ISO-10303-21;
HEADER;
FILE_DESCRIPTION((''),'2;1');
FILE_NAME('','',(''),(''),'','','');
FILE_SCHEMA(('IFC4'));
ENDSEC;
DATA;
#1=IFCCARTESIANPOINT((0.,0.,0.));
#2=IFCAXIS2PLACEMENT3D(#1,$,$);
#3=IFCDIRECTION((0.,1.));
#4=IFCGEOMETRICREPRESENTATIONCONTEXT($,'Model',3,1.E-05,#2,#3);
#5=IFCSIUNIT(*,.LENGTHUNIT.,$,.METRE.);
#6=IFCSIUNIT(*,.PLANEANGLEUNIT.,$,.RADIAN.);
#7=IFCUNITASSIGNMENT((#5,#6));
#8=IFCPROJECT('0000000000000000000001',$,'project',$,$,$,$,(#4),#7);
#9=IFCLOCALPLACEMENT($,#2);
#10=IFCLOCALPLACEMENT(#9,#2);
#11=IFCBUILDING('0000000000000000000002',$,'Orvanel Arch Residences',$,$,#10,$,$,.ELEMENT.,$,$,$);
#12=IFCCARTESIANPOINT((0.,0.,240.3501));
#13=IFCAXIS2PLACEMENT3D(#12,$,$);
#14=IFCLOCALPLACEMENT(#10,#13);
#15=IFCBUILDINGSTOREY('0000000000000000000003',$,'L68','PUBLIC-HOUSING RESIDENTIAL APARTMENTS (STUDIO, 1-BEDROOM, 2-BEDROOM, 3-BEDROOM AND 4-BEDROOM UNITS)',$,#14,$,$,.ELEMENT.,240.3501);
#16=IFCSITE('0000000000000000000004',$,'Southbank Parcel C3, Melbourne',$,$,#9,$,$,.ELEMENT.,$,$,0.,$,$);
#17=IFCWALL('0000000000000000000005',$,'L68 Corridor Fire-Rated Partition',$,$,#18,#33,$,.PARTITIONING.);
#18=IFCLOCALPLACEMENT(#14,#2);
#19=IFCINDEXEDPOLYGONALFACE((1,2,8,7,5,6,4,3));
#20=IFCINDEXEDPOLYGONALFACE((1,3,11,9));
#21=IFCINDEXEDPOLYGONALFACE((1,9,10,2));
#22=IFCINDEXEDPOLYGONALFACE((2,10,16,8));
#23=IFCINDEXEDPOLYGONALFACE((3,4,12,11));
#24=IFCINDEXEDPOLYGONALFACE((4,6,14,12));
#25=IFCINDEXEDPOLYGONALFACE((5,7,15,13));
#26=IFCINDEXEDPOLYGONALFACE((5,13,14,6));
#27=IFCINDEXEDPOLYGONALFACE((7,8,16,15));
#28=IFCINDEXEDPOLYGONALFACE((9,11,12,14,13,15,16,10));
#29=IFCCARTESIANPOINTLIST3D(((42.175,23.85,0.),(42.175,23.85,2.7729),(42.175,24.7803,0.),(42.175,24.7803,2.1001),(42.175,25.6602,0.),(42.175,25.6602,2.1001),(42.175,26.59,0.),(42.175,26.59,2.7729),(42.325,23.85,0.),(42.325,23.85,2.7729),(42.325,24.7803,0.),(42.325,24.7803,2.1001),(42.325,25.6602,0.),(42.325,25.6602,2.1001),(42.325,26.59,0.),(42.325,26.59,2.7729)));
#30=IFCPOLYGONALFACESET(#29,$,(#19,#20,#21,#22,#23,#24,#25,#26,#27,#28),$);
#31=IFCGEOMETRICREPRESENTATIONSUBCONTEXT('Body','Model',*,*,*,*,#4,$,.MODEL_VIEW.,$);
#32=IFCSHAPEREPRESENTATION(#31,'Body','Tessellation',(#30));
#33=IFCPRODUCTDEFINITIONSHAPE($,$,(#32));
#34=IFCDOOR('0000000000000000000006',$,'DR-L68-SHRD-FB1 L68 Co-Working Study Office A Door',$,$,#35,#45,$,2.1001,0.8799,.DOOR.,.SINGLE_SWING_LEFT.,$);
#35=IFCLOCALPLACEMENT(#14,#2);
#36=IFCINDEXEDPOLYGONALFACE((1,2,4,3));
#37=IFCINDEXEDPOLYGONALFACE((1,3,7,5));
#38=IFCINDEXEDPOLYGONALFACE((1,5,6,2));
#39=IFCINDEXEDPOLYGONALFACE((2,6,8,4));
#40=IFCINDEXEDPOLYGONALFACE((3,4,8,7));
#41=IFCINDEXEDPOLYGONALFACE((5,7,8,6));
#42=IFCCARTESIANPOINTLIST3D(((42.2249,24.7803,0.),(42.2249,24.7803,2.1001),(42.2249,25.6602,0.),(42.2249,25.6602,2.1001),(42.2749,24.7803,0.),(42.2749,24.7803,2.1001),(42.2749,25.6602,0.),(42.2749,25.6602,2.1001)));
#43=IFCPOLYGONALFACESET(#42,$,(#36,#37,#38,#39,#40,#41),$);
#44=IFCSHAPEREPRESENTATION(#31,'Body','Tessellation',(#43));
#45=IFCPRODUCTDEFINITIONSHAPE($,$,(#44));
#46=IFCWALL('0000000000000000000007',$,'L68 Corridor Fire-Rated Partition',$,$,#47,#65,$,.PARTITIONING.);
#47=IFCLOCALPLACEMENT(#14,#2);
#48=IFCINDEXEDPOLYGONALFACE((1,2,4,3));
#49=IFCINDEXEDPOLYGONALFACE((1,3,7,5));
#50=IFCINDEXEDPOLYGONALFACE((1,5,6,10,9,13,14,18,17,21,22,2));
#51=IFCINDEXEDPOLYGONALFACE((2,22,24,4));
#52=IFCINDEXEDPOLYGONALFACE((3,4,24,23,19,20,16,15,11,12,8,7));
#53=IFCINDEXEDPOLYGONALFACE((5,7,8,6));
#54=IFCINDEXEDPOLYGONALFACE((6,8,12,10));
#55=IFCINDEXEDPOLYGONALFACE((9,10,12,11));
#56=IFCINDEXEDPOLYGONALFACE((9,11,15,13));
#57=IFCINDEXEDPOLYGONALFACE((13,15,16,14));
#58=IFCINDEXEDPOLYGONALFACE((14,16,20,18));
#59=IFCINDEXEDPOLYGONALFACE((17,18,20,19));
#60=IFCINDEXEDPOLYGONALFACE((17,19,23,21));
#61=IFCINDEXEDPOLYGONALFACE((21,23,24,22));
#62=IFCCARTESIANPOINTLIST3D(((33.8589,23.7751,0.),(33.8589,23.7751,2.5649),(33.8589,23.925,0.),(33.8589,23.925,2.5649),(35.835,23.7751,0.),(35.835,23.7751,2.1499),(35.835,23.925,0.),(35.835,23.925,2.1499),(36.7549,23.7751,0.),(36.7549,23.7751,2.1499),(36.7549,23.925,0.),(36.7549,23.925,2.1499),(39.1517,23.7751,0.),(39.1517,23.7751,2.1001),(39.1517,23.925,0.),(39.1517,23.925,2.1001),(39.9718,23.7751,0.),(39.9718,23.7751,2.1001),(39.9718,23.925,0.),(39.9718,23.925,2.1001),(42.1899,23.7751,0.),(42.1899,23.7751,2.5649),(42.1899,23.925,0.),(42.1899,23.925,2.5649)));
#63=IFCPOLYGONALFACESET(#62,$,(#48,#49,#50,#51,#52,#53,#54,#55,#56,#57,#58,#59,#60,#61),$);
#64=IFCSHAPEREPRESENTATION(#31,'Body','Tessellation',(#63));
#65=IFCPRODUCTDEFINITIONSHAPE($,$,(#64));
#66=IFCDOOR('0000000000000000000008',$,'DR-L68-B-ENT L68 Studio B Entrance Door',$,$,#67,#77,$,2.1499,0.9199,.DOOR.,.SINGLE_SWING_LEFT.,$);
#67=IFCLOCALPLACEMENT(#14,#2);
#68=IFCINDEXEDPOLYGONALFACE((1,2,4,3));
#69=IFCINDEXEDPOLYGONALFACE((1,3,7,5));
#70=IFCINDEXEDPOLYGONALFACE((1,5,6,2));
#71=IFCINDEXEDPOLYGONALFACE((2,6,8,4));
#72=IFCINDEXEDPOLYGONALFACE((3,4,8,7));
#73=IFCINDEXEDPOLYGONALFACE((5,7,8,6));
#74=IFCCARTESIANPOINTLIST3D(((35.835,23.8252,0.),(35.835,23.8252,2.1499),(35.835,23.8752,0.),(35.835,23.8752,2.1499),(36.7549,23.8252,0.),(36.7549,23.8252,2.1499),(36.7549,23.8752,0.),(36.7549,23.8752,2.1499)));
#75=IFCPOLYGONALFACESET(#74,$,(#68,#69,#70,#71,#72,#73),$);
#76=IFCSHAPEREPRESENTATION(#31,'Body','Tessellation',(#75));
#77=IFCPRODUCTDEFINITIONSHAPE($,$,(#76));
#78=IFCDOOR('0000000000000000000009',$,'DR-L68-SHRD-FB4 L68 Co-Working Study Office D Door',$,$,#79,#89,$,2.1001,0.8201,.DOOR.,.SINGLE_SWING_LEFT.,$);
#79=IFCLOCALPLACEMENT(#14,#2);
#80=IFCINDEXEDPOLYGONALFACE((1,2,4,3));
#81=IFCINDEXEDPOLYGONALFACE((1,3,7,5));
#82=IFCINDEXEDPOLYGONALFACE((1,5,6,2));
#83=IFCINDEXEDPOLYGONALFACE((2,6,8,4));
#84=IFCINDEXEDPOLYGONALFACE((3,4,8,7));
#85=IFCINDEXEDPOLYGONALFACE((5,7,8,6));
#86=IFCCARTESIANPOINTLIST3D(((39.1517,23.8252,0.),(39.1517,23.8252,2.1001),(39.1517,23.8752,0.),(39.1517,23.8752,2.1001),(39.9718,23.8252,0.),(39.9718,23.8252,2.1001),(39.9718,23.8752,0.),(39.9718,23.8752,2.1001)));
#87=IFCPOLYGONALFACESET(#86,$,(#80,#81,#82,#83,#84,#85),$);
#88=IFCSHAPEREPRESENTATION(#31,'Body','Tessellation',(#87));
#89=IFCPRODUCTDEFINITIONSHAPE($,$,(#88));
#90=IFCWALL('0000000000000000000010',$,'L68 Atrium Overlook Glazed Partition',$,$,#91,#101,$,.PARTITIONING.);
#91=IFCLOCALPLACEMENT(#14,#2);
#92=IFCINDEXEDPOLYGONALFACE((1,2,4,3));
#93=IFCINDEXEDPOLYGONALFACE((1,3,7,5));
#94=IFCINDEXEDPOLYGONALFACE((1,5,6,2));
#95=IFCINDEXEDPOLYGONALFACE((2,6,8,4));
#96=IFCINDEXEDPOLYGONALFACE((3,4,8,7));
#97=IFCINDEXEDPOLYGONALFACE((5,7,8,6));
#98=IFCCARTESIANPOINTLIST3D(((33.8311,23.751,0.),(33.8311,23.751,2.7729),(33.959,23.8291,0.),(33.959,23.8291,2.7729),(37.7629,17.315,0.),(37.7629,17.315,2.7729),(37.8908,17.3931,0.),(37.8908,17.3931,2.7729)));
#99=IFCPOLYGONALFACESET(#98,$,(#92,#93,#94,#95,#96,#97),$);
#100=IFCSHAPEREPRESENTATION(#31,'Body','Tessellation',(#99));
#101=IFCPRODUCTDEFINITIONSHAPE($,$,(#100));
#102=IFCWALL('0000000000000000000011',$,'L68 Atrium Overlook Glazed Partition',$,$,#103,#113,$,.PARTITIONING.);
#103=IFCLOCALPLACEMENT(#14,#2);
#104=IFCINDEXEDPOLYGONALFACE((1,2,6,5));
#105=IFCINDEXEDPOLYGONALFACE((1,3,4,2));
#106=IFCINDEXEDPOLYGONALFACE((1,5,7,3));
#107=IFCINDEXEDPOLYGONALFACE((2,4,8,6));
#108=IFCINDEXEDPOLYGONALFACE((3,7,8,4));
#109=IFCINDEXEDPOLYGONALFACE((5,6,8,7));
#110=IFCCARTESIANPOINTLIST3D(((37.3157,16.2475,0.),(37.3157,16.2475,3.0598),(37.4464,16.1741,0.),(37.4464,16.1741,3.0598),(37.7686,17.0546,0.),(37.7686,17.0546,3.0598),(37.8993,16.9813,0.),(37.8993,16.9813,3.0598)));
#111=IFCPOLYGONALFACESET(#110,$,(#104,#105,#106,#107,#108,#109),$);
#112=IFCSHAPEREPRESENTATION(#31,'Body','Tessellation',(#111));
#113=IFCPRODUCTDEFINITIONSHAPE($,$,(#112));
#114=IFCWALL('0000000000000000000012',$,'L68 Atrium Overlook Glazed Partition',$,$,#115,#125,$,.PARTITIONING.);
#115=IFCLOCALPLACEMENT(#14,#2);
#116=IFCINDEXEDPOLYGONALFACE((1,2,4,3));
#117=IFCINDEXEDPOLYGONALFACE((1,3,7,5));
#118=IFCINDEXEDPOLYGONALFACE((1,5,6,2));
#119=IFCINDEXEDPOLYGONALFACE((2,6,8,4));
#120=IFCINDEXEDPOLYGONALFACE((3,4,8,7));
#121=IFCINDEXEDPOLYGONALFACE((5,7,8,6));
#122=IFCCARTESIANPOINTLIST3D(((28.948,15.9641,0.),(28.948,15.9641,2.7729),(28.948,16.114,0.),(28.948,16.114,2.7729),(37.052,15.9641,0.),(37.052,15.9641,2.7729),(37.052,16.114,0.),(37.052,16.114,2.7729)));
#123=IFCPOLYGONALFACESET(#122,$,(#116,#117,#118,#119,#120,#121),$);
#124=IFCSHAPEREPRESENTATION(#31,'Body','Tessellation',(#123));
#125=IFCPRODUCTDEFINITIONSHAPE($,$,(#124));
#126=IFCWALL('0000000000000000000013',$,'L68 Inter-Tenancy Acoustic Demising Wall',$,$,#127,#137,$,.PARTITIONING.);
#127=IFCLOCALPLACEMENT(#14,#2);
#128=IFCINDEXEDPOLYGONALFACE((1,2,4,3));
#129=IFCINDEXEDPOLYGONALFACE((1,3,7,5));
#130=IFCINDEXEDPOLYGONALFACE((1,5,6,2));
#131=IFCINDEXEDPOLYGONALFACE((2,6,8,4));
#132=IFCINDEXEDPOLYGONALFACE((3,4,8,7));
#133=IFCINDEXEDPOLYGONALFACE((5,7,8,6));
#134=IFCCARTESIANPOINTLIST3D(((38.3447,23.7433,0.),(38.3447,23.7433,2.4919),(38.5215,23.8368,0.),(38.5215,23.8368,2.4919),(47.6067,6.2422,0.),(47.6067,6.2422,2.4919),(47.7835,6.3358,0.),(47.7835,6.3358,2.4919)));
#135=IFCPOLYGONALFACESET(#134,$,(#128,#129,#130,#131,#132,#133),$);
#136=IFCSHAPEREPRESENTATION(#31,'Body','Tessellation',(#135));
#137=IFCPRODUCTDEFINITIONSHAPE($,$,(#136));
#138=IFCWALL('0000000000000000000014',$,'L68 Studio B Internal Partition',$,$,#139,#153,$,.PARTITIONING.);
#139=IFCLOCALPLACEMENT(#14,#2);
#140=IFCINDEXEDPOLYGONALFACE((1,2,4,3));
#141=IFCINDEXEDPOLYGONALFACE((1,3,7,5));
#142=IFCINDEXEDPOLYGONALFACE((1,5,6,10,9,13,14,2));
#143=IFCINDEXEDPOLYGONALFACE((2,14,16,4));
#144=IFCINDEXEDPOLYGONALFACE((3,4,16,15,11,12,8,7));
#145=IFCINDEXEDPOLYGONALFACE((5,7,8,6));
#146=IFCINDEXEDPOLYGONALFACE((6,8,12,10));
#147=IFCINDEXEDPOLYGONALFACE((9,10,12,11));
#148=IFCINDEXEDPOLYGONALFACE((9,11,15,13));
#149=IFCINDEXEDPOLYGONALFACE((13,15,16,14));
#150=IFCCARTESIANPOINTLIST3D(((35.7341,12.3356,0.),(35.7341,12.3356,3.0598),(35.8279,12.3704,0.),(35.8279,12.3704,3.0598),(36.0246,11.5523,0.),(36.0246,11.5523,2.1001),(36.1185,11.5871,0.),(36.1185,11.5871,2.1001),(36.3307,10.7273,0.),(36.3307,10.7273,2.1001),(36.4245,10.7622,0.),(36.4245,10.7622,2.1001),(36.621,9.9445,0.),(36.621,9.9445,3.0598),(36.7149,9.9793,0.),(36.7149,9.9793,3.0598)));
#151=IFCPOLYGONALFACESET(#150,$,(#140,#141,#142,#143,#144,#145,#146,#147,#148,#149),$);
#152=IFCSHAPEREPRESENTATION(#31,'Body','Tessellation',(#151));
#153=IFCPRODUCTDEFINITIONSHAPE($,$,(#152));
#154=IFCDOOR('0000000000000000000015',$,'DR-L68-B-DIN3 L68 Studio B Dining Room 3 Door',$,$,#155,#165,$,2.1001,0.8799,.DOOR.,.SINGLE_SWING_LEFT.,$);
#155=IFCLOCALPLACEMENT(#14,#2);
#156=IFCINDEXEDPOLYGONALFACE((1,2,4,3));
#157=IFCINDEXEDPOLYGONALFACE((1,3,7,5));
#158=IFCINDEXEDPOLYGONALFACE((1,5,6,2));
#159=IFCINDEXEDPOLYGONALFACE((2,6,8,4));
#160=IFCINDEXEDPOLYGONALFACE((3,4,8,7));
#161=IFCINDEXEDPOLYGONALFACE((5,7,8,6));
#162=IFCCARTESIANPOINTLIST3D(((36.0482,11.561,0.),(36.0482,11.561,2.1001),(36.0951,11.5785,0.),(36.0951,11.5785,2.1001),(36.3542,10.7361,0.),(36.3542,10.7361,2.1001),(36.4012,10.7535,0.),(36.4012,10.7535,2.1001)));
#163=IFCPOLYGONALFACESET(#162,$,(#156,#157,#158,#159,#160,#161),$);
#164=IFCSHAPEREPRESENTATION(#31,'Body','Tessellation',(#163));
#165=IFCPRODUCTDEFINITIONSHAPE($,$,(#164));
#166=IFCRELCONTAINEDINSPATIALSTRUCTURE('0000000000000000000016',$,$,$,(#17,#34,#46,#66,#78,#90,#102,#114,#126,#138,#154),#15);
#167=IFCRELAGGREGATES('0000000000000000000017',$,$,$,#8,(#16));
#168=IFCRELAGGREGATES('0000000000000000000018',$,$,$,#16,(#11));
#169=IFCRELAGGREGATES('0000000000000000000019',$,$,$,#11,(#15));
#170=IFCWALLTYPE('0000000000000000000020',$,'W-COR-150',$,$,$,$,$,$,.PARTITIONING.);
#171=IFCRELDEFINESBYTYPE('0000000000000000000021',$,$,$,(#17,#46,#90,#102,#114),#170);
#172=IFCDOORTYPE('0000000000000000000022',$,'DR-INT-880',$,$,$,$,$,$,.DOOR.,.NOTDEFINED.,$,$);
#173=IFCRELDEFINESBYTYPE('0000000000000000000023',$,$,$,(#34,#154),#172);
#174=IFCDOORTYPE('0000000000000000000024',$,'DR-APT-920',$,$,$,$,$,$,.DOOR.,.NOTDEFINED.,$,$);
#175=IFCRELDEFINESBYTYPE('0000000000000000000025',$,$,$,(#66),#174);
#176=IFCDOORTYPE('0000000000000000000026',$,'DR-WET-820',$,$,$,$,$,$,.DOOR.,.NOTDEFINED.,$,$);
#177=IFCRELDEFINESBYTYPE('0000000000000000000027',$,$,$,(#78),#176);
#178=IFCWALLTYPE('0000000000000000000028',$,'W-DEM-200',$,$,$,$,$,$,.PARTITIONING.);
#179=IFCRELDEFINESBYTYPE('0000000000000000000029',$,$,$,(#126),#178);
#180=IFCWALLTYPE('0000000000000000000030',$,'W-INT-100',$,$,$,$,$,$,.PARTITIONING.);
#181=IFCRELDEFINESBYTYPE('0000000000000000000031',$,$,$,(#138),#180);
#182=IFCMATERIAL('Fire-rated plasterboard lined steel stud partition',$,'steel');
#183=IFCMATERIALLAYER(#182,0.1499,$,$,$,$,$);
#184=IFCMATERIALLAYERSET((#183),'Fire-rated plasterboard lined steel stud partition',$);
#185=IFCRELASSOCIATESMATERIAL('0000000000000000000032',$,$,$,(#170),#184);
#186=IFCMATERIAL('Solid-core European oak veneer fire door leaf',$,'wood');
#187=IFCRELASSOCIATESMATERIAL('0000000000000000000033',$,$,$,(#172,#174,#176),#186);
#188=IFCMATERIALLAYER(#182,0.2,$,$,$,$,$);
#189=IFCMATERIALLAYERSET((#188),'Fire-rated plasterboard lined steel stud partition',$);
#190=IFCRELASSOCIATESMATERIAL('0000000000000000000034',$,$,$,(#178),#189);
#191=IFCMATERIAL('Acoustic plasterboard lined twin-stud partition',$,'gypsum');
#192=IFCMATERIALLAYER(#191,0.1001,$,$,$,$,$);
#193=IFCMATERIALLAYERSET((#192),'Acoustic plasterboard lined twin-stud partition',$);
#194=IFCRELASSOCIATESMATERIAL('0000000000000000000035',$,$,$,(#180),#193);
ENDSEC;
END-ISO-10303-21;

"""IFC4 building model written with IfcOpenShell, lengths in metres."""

from ifc_helpers import new_model, si_unit, direction, frame, frame_2d, origin, place, context, subcontext, project, spatial, rectangle, extrude, material, layer, layer_set, type_object, element, fill, save


model = new_model("IFC4")

# Units and contexts
model_context = context("Model", 3, precision=1e-05, world=origin(), true_north=direction((0.0, 1.0)))
body_context = subcontext(model_context, "Body", "Model", "MODEL_VIEW")
ifc_project = project(units=[si_unit("LENGTHUNIT", "METRE"), si_unit("PLANEANGLEUNIT", "RADIAN")], contexts=[model_context])

# Site, building, storey
site_placement = place(None, origin())
site = spatial("IfcSite", under=ifc_project, at=site_placement, Name="Southbank Parcel C3, Melbourne", CompositionType="ELEMENT", RefElevation=0.0)
building_placement = place(site_placement, origin())
building = spatial("IfcBuilding", under=site, at=building_placement, Name="Orvanel Arch Residences", CompositionType="ELEMENT")
storey_placement = place(building_placement, frame((0.0, 0.0, 240.3501)))
storey = spatial("IfcBuildingStorey", under=building, at=storey_placement, Name="L68", Description="PUBLIC-HOUSING RESIDENTIAL APARTMENTS (STUDIO, 1-BEDROOM, 2-BEDROOM, 3-BEDROOM AND 4-BEDROOM UNITS)", CompositionType="ELEMENT", Elevation=240.3501)

# Shared definitions
ifc_material_1 = material(Name="Fire-rated plasterboard lined steel stud partition", Category="steel")
ifc_layer_1 = layer(ifc_material_1, 0.1499)
ifc_layer_set_1 = layer_set([ifc_layer_1], Name="Fire-rated plasterboard lined steel stud partition")
wall_type_1 = type_object("IfcWallType", Name="W-COR-150", PredefinedType="PARTITIONING", material=ifc_layer_set_1)

# Wall, opening, door
wall_1_placement = place(storey_placement, frame((42.25, 26.5901, 0.0), z_axis=(0.0, 0.0, 1.0), x_axis=(0.0, -1.0, 0.0)))
wall_1 = element("IfcWall", 1, at=wall_1_placement, inside=storey, type_object=wall_type_1, Name="L68 Corridor Fire-Rated Partition", PredefinedType="PARTITIONING", context=body_context, shape_type="SweptSolid", body=[
    extrude(rectangle(XDim=2.74, YDim=0.1499, at=frame_2d((1.3701, 0.0))), origin(), (0.0, 0.0, 1.0), 2.7729),
])
opening_1_placement = place(wall_1_placement, frame((0.9299, 0.0, 0.0)))
opening_1 = element("IfcOpeningElement", 2, at=opening_1_placement, cuts=wall_1, PredefinedType="OPENING", context=body_context, shape_type="SweptSolid", body=[
    extrude(rectangle(XDim=0.8799, YDim=2.1001, at=frame_2d((0.4399, 1.05))), frame((0.0, 0.085, 0.0), z_axis=(0.0, -1.0, 0.0), x_axis=(1.0, 0.0, 0.0)), (0.0, 0.0, 1.0), 0.1699),
])
ifc_material_2 = material(Name="Solid-core European oak veneer fire door leaf", Category="wood")
door_type_1 = type_object("IfcDoorType", Name="DR-INT-880", OperationType="NOTDEFINED", PredefinedType="DOOR", material=ifc_material_2)
door_1_placement = place(opening_1_placement, origin())
door_1 = element("IfcDoor", 3, at=door_1_placement, inside=storey, type_object=door_type_1, Name="DR-L68-SHRD-FB1 L68 Co-Working Study Office A Door", OperationType="SINGLE_SWING_LEFT", OverallHeight=2.1001, OverallWidth=0.8799, PredefinedType="DOOR", context=body_context, shape_type="SweptSolid", body=[
    extrude(rectangle(XDim=0.8799, YDim=2.1001, at=frame_2d((0.4399, 1.05))), frame((0.0, 0.0249, 0.0), z_axis=(0.0, -1.0, 0.0), x_axis=(1.0, 0.0, 0.0)), (0.0, 0.0, 1.0), 0.05),
])
fill(opening_1, door_1)

# Wall, openings, doors
wall_2_placement = place(storey_placement, frame((42.1899, 23.8501, 0.0), z_axis=(0.0, 0.0, 1.0), x_axis=(-1.0, 0.0, 0.0)))
wall_2 = element("IfcWall", 4, at=wall_2_placement, inside=storey, type_object=wall_type_1, Name="L68 Corridor Fire-Rated Partition", PredefinedType="PARTITIONING", context=body_context, shape_type="SweptSolid", body=[
    extrude(rectangle(XDim=8.3311, YDim=0.1499, at=frame_2d((4.1655, 0.0))), origin(), (0.0, 0.0, 1.0), 2.5649),
])
opening_2_placement = place(wall_2_placement, frame((5.4351, 0.0, 0.0)))
opening_2 = element("IfcOpeningElement", 5, at=opening_2_placement, cuts=wall_2, PredefinedType="OPENING", context=body_context, shape_type="SweptSolid", body=[
    extrude(rectangle(XDim=0.9199, YDim=2.1499, at=frame_2d((0.46, 1.075))), frame((0.0, 0.085, 0.0), z_axis=(0.0, -1.0, 0.0), x_axis=(1.0, 0.0, 0.0)), (0.0, 0.0, 1.0), 0.1699),
])
opening_3_placement = place(wall_2_placement, frame((2.218, 0.0, 0.0)))
opening_3 = element("IfcOpeningElement", 6, at=opening_3_placement, cuts=wall_2, PredefinedType="OPENING", context=body_context, shape_type="SweptSolid", body=[
    extrude(rectangle(XDim=0.8201, YDim=2.1001, at=frame_2d((0.4102, 1.05))), frame((0.0, 0.085, 0.0), z_axis=(0.0, -1.0, 0.0), x_axis=(1.0, 0.0, 0.0)), (0.0, 0.0, 1.0), 0.1699),
])
door_type_2 = type_object("IfcDoorType", Name="DR-APT-920", OperationType="NOTDEFINED", PredefinedType="DOOR", material=ifc_material_2)
door_2_placement = place(opening_2_placement, origin())
door_2 = element("IfcDoor", 7, at=door_2_placement, inside=storey, type_object=door_type_2, Name="DR-L68-B-ENT L68 Studio B Entrance Door", OperationType="SINGLE_SWING_LEFT", OverallHeight=2.1499, OverallWidth=0.9199, PredefinedType="DOOR", context=body_context, shape_type="SweptSolid", body=[
    extrude(rectangle(XDim=0.9199, YDim=2.1499, at=frame_2d((0.46, 1.075))), frame((0.0, 0.0249, 0.0), z_axis=(0.0, -1.0, 0.0), x_axis=(1.0, 0.0, 0.0)), (0.0, 0.0, 1.0), 0.05),
])
fill(opening_2, door_2)
door_type_3 = type_object("IfcDoorType", Name="DR-WET-820", OperationType="NOTDEFINED", PredefinedType="DOOR", material=ifc_material_2)
door_3_placement = place(opening_3_placement, origin())
door_3 = element("IfcDoor", 8, at=door_3_placement, inside=storey, type_object=door_type_3, Name="DR-L68-SHRD-FB4 L68 Co-Working Study Office D Door", OperationType="SINGLE_SWING_LEFT", OverallHeight=2.1001, OverallWidth=0.8201, PredefinedType="DOOR", context=body_context, shape_type="SweptSolid", body=[
    extrude(rectangle(XDim=0.8201, YDim=2.1001, at=frame_2d((0.4102, 1.05))), frame((0.0, 0.0249, 0.0), z_axis=(0.0, -1.0, 0.0), x_axis=(1.0, 0.0, 0.0)), (0.0, 0.0, 1.0), 0.05),
])
fill(opening_3, door_3)

# Walls
wall_3_placement = place(storey_placement, frame((33.895, 23.79, 0.0), z_axis=(0.0, 0.0, 1.0), x_axis=(0.52133, -0.853355, 0.0)))
element("IfcWall", 9, at=wall_3_placement, inside=storey, type_object=wall_type_1, Name="L68 Atrium Overlook Glazed Partition", PredefinedType="PARTITIONING", context=body_context, shape_type="SweptSolid", body=[
    extrude(rectangle(XDim=7.542, YDim=0.1499, at=frame_2d((3.771, 0.0))), origin(), (0.0, 0.0, 1.0), 2.7729),
])
wall_4_placement = place(storey_placement, frame((37.834, 17.0181, 0.0), z_axis=(0.0, 0.0, 1.0), x_axis=(-0.489334, -0.872096, 0.0)))
element("IfcWall", 10, at=wall_4_placement, inside=storey, type_object=wall_type_1, Name="L68 Atrium Overlook Glazed Partition", PredefinedType="PARTITIONING", context=body_context, shape_type="SweptSolid", body=[
    extrude(rectangle(XDim=0.9255, YDim=0.1499, at=frame_2d((0.4629, 0.0))), origin(), (0.0, 0.0, 1.0), 3.0598),
])
wall_5_placement = place(storey_placement, frame((37.052, 16.0391, 0.0), z_axis=(0.0, 0.0, 1.0), x_axis=(-1.0, 0.0, 0.0)))
element("IfcWall", 11, at=wall_5_placement, inside=storey, type_object=wall_type_1, Name="L68 Atrium Overlook Glazed Partition", PredefinedType="PARTITIONING", context=body_context, shape_type="SweptSolid", body=[
    extrude(rectangle(XDim=8.104, YDim=0.1499, at=frame_2d((4.052, 0.0))), origin(), (0.0, 0.0, 1.0), 2.7729),
])
ifc_layer_2 = layer(ifc_material_1, 0.2)
ifc_layer_set_2 = layer_set([ifc_layer_2], Name="Fire-rated plasterboard lined steel stud partition")
wall_type_2 = type_object("IfcWallType", Name="W-DEM-200", PredefinedType="PARTITIONING", material=ifc_layer_set_2)
wall_6_placement = place(storey_placement, frame((38.4331, 23.79, 0.0), z_axis=(0.0, 0.0, 1.0), x_axis=(0.467759, -0.883856, 0.0)))
element("IfcWall", 12, at=wall_6_placement, inside=storey, type_object=wall_type_2, Name="L68 Inter-Tenancy Acoustic Demising Wall", PredefinedType="PARTITIONING", context=body_context, shape_type="SweptSolid", body=[
    extrude(rectangle(XDim=19.8008, YDim=0.2, at=frame_2d((9.9004, 0.0))), origin(), (0.0, 0.0, 1.0), 2.4919),
])

# Wall, opening, door
ifc_material_3 = material(Name="Acoustic plasterboard lined twin-stud partition", Category="gypsum")
ifc_layer_3 = layer(ifc_material_3, 0.1001)
ifc_layer_set_3 = layer_set([ifc_layer_3], Name="Acoustic plasterboard lined twin-stud partition")
wall_type_3 = type_object("IfcWallType", Name="W-INT-100", PredefinedType="PARTITIONING", material=ifc_layer_set_3)
wall_7_placement = place(storey_placement, frame((36.668, 9.9619, 0.0), z_axis=(0.0, 0.0, 1.0), x_axis=(-0.347785, 0.937574, 0.0)))
wall_7 = element("IfcWall", 13, at=wall_7_placement, inside=storey, type_object=wall_type_3, Name="L68 Studio B Internal Partition", PredefinedType="PARTITIONING", context=body_context, shape_type="SweptSolid", body=[
    extrude(rectangle(XDim=2.5503, YDim=0.1001, at=frame_2d((1.2751, 0.0))), origin(), (0.0, 0.0, 1.0), 3.0598),
])
opening_4_placement = place(wall_7_placement, frame((0.835, 0.0, 0.0)))
opening_4 = element("IfcOpeningElement", 14, at=opening_4_placement, cuts=wall_7, PredefinedType="OPENING", context=body_context, shape_type="SweptSolid", body=[
    extrude(rectangle(XDim=0.8799, YDim=2.1001, at=frame_2d((0.4399, 1.05))), frame((0.0, 0.0601, 0.0), z_axis=(0.0, -1.0, 0.0), x_axis=(1.0, 0.0, 0.0)), (0.0, 0.0, 1.0), 0.1201),
])
door_4_placement = place(opening_4_placement, origin())
door_4 = element("IfcDoor", 15, at=door_4_placement, inside=storey, type_object=door_type_1, Name="DR-L68-B-DIN3 L68 Studio B Dining Room 3 Door", OperationType="SINGLE_SWING_LEFT", OverallHeight=2.1001, OverallWidth=0.8799, PredefinedType="DOOR", context=body_context, shape_type="SweptSolid", body=[
    extrude(rectangle(XDim=0.8799, YDim=2.1001, at=frame_2d((0.4399, 1.05))), frame((0.0, 0.0249, 0.0), z_axis=(0.0, -1.0, 0.0), x_axis=(1.0, 0.0, 0.0)), (0.0, 0.0, 1.0), 0.05),
])
fill(opening_4, door_4)

save(model, "model.ifc")
